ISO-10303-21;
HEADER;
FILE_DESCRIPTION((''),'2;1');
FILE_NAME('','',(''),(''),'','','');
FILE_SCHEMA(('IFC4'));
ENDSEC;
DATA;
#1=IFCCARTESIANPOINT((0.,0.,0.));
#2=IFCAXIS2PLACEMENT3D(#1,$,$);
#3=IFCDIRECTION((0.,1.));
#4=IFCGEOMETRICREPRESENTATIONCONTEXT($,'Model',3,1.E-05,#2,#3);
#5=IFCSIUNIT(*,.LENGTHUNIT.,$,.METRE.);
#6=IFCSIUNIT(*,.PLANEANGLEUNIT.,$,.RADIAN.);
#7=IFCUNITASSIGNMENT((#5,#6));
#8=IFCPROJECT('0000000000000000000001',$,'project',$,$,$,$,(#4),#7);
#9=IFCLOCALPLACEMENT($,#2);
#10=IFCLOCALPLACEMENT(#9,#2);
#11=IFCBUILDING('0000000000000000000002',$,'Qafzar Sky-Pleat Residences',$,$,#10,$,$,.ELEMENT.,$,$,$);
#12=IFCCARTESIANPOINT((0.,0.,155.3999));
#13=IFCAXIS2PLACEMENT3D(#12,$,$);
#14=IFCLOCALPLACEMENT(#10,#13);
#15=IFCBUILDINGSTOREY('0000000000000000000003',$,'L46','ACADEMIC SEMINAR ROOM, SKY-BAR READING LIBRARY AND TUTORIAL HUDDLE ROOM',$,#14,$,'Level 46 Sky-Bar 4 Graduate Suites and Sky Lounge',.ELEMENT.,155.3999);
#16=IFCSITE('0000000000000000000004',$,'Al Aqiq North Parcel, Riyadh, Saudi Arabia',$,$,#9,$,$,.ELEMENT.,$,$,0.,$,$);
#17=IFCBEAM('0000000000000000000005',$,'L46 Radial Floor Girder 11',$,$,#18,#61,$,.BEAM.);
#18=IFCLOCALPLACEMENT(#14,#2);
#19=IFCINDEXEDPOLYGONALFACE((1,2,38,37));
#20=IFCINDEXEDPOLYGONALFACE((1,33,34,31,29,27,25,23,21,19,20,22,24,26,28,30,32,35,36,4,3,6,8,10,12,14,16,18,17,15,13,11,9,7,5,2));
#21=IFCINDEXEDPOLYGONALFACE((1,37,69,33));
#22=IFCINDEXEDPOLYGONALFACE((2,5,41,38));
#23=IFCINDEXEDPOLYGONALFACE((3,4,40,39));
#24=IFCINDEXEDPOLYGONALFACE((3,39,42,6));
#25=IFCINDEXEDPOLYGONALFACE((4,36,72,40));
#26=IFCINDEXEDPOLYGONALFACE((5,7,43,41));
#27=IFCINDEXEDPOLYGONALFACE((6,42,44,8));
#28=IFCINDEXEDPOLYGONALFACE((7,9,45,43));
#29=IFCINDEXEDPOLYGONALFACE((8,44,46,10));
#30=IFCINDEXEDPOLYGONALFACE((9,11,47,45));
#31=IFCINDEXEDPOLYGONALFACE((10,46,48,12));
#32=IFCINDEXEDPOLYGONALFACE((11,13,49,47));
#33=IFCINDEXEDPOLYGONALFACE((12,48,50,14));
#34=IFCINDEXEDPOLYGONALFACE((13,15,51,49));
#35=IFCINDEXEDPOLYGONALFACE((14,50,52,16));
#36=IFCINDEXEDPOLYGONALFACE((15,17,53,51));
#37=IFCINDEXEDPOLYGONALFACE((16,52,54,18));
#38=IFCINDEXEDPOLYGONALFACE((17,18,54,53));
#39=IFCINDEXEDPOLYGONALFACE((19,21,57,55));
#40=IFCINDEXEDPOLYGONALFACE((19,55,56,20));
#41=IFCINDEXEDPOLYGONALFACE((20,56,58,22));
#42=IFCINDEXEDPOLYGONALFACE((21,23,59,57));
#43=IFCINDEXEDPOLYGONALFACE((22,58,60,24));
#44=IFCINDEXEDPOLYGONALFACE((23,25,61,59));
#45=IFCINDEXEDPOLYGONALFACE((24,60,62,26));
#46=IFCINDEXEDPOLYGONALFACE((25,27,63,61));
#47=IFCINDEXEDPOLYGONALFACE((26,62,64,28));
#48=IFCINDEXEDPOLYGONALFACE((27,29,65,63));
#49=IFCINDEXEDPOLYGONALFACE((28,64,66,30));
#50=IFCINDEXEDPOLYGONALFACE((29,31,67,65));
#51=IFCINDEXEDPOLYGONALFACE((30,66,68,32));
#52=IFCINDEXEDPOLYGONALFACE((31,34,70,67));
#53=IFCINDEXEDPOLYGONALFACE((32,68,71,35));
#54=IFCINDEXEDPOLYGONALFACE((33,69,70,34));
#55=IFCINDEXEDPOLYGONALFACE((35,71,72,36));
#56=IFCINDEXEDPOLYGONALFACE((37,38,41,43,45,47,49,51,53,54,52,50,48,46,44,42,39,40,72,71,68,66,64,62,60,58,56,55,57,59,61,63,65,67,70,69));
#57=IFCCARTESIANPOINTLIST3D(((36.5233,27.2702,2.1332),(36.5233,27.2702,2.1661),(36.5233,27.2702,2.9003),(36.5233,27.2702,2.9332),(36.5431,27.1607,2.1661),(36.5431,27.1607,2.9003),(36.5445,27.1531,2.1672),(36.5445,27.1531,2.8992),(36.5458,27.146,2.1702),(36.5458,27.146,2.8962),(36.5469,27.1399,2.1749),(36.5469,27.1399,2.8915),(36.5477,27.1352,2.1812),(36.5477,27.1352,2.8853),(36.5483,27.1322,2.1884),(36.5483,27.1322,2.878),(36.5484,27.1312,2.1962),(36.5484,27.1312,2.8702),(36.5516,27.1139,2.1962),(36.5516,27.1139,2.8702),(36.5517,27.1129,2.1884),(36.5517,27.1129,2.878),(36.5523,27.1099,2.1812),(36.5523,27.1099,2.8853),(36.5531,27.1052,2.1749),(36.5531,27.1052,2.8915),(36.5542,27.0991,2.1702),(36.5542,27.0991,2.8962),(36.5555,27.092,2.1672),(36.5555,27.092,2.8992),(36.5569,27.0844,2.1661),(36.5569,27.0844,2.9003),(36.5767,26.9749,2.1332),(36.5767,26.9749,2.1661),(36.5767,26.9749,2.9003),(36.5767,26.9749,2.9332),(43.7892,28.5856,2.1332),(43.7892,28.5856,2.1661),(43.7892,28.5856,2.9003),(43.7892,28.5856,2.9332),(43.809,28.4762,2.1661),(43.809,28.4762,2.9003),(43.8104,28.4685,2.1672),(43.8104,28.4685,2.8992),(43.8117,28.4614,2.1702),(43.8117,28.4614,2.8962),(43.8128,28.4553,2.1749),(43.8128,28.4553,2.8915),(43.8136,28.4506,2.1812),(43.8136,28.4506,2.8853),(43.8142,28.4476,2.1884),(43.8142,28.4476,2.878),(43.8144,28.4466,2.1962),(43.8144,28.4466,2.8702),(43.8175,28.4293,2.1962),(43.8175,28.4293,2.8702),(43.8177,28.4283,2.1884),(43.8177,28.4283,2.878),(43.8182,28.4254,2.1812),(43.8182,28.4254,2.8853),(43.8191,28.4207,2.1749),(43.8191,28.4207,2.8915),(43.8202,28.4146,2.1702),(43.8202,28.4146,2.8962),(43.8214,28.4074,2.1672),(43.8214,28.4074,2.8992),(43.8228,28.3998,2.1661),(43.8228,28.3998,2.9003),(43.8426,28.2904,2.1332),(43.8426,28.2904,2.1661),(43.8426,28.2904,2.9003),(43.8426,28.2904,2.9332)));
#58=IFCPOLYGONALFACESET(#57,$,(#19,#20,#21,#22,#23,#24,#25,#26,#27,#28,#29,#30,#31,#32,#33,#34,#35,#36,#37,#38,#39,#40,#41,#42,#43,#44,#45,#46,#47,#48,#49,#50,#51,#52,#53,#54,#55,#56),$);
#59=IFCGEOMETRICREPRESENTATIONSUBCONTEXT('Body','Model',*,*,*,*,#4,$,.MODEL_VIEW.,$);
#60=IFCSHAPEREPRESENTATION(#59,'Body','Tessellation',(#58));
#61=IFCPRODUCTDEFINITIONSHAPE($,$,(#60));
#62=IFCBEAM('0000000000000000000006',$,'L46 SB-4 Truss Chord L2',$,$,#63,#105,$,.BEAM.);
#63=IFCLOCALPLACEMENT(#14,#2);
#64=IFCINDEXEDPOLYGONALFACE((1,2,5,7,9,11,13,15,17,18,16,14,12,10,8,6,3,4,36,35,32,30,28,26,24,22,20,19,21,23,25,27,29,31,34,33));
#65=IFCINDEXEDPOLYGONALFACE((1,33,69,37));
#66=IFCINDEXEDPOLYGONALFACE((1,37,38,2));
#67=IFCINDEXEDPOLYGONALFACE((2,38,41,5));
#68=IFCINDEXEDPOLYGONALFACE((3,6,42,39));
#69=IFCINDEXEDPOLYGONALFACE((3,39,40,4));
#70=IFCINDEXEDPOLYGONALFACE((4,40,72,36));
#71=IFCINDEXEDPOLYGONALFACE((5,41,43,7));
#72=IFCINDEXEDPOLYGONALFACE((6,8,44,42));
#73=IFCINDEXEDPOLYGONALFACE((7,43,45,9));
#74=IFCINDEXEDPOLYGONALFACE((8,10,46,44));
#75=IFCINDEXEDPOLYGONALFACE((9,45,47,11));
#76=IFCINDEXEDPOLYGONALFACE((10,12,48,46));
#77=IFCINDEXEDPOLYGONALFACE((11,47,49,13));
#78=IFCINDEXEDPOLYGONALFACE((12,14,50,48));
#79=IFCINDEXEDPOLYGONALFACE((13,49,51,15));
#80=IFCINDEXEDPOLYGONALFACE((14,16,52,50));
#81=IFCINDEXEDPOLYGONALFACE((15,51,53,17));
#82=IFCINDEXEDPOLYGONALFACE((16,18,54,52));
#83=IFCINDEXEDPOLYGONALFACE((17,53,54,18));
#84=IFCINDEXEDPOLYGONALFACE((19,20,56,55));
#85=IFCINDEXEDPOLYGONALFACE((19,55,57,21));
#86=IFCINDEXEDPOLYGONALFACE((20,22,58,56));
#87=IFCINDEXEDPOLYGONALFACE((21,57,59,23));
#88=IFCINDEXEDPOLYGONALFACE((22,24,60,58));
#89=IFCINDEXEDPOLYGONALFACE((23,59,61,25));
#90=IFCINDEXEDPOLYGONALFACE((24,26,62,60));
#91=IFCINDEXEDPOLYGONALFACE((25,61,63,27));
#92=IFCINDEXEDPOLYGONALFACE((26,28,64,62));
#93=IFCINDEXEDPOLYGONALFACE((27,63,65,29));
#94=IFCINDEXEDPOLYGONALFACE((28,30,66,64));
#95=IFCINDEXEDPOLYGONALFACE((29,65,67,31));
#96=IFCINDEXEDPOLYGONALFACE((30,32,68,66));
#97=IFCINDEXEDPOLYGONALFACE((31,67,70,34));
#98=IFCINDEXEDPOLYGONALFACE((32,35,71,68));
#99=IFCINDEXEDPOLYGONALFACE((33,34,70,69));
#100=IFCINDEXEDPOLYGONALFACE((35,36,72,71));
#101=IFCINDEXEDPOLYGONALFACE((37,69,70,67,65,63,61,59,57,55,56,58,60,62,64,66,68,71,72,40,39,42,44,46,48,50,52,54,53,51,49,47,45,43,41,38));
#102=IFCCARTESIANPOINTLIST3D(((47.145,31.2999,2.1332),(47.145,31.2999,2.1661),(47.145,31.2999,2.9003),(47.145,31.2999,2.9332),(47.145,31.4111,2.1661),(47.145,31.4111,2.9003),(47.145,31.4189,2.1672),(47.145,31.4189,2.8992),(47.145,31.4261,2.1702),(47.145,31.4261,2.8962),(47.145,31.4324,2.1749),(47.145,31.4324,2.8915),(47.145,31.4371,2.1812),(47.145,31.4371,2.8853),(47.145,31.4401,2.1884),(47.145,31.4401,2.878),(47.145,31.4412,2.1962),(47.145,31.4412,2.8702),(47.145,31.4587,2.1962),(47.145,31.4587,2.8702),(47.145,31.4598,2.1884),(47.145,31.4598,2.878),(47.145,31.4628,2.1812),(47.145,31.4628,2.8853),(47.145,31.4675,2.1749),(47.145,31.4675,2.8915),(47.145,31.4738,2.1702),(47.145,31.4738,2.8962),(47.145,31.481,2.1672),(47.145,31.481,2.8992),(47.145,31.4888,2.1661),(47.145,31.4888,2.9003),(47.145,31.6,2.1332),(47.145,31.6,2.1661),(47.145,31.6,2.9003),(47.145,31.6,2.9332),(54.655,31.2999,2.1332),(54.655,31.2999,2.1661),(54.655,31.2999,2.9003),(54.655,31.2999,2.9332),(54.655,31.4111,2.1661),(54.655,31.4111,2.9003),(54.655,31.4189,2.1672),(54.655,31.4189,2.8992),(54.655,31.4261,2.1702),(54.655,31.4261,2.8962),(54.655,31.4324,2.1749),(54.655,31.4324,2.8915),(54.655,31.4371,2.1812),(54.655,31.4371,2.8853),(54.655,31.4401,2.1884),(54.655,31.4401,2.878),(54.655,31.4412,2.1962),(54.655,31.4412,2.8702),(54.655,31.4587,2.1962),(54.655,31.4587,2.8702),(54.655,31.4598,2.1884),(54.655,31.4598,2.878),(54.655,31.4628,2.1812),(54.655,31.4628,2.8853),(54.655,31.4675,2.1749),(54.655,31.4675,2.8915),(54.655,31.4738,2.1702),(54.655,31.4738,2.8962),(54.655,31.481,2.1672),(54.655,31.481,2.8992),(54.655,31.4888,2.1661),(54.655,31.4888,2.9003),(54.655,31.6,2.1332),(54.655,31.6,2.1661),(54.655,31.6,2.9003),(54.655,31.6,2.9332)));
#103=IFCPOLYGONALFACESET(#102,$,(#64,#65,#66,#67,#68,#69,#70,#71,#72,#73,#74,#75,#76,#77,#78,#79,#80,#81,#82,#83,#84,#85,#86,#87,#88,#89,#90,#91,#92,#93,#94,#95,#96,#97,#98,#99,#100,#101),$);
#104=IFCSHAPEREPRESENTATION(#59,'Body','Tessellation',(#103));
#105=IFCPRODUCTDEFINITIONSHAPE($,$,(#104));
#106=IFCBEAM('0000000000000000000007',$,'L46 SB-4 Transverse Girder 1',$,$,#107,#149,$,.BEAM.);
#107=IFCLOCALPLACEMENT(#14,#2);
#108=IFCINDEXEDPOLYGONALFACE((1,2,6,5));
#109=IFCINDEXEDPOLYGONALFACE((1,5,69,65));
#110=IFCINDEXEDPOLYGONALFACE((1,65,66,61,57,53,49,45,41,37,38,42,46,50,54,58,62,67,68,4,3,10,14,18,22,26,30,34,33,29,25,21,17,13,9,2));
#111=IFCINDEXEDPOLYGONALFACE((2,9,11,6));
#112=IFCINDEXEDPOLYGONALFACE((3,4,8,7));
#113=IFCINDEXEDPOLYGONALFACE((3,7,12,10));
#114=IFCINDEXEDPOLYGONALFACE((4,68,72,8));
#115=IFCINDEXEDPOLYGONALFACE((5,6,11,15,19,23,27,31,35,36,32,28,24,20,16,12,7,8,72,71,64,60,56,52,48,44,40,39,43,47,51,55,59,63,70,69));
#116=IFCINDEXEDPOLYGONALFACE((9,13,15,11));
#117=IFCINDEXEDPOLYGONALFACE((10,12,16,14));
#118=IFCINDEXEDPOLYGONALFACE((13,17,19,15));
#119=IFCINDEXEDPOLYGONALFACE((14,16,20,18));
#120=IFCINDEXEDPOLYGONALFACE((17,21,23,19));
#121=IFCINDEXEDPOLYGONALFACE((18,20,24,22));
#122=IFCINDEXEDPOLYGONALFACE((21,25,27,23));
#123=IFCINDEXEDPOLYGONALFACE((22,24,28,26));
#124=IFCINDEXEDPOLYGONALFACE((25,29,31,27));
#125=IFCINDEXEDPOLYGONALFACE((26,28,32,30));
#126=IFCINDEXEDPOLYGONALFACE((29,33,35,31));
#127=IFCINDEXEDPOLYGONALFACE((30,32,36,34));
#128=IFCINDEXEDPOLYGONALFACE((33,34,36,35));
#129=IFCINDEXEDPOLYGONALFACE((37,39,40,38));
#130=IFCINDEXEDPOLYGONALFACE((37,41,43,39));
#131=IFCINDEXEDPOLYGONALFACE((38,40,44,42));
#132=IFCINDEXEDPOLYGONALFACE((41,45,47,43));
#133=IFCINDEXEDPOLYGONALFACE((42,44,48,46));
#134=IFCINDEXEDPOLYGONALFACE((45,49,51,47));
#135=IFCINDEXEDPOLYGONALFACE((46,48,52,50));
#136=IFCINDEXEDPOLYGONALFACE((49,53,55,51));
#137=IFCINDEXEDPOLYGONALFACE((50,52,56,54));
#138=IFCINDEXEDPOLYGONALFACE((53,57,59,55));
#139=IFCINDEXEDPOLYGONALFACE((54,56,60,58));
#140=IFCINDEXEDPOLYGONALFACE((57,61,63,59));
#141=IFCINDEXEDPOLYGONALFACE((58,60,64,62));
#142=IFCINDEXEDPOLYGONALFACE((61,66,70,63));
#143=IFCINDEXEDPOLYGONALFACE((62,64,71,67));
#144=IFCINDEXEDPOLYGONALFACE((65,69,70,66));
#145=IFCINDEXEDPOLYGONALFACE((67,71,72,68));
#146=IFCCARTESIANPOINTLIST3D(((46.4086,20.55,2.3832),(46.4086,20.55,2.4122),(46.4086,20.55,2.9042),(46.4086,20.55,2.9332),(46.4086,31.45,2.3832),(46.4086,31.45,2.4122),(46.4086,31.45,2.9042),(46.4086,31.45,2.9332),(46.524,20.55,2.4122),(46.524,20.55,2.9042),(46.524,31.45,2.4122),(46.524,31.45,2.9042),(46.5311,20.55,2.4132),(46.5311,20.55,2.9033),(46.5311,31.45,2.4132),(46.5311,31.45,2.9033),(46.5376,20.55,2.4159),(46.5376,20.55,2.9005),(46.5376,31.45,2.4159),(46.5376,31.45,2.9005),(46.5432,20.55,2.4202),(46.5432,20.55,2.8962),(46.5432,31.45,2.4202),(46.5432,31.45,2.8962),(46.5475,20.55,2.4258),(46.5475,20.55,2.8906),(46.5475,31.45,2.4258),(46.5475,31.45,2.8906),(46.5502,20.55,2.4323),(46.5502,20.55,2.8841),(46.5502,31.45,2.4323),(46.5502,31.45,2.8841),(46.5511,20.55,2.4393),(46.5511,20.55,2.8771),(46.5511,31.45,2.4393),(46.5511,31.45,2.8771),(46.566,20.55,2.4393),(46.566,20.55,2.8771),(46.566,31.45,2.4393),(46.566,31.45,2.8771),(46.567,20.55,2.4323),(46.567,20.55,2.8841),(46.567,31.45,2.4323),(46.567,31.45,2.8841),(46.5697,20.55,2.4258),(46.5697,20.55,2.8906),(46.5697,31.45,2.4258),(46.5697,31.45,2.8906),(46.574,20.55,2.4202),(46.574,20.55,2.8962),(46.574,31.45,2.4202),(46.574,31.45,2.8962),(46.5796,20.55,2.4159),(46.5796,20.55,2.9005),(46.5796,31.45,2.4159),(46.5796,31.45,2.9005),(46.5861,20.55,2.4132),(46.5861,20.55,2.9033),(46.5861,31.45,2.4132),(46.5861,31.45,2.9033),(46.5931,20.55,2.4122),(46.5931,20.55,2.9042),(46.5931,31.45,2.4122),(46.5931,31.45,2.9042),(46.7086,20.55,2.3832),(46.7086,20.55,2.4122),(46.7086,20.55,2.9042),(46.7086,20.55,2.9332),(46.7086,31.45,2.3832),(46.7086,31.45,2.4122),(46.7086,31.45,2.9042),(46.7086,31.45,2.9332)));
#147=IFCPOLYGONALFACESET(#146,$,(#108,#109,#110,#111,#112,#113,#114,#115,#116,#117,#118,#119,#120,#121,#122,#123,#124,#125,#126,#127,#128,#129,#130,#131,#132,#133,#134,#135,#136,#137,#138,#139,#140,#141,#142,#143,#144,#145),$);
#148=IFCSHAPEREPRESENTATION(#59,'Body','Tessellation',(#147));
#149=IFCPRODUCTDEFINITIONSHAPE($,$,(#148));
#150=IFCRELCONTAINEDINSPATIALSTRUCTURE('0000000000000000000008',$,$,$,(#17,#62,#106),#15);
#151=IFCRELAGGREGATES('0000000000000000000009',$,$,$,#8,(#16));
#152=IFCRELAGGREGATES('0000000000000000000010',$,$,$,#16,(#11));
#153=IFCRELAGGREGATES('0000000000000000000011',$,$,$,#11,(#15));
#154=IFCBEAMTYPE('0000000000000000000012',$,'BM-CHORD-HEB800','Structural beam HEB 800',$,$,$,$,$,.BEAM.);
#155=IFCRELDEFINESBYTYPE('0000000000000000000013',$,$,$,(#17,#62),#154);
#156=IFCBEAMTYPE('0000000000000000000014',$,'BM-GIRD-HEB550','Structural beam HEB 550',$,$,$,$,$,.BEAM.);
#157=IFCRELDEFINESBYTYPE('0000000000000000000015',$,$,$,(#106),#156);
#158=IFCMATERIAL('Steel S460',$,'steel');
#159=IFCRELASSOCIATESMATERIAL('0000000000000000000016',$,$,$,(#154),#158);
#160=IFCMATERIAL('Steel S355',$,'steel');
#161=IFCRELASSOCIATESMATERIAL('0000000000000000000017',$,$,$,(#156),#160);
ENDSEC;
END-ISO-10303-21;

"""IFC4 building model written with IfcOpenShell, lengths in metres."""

from ifc_helpers import new_model, si_unit, direction, frame, origin, origin_2d, place, context, subcontext, project, spatial, i_section, extrude, source, transform, mapped, material, material_profile, profile_set, type_object, element, save


model = new_model("IFC4")

# Units and contexts
model_context = context("Model", 3, precision=1e-05, world=origin(), true_north=direction((0.0, 1.0)))
body_context = subcontext(model_context, "Body", "Model", "MODEL_VIEW")
ifc_project = project(units=[si_unit("LENGTHUNIT", "METRE"), si_unit("PLANEANGLEUNIT", "RADIAN")], contexts=[model_context])

# Site, building, storey
site_placement = place(None, origin())
site = spatial("IfcSite", under=ifc_project, at=site_placement, Name="Al Aqiq North Parcel, Riyadh, Saudi Arabia", CompositionType="ELEMENT", RefElevation=0.0)
building_placement = place(site_placement, origin())
building = spatial("IfcBuilding", under=site, at=building_placement, Name="Qafzar Sky-Pleat Residences", CompositionType="ELEMENT")
storey_placement = place(building_placement, frame((0.0, 0.0, 155.3999)))
storey = spatial("IfcBuildingStorey", under=building, at=storey_placement, Name="L46", Description="ACADEMIC SEMINAR ROOM, SKY-BAR READING LIBRARY AND TUTORIAL HUDDLE ROOM", LongName="Level 46 Sky-Bar 4 Graduate Suites and Sky Lounge", CompositionType="ELEMENT", Elevation=155.3999)

# Shared definitions
ifc_material_1 = material(Name="Steel S355", Category="steel")

# Beams
ifc_material_2 = material(Name="Steel S460", Category="steel")
ifc_material_profile_1 = material_profile(ifc_material_2, i_section(OverallWidth=0.3, OverallDepth=0.8, WebThickness=0.0176, FlangeThickness=0.033, FilletRadius=0.03, at=origin_2d()), Name="HEB 800")
ifc_profile_set_1 = profile_set([ifc_material_profile_1], Name="Steel S460")
beam_type_1 = type_object("IfcBeamType", Name="BM-CHORD-HEB800", Description="Structural beam HEB 800", PredefinedType="BEAM", material=ifc_profile_set_1)
shared_shape_1 = source(origin(), body_context, "Body", "SweptSolid", [
    extrude(i_section(OverallWidth=0.3, OverallDepth=0.8, WebThickness=0.0176, FlangeThickness=0.033, FilletRadius=0.03, at=origin_2d()), origin(), (0.0, 0.0, 1.0), 7.384),
])
beam_1_placement = place(storey_placement, frame((43.8159, 28.438, 2.5332), z_axis=(-0.984004, -0.178146, 0.0), x_axis=(0.178146, -0.984004, 0.0)))
element("IfcBeam", 1, at=beam_1_placement, inside=storey, type_object=beam_type_1, Name="L46 Radial Floor Girder 11", PredefinedType="BEAM", context=body_context, shape_type="MappedRepresentation", body=[
    mapped(shared_shape_1, transform((0.0, 0.0, 0.0), x_axis=(1.0, 0.0, 0.0), y_axis=(0.0, 1.0, 0.0), z_axis=(0.0, 0.0, 1.0), scale=1.0)),
])
shared_shape_2 = source(origin(), body_context, "Body", "SweptSolid", [
    extrude(i_section(OverallWidth=0.3, OverallDepth=0.8, WebThickness=0.0176, FlangeThickness=0.033, FilletRadius=0.03, at=origin_2d()), origin(), (0.0, 0.0, 1.0), 7.51),
])
beam_2_placement = place(storey_placement, frame((47.145, 31.45, 2.5332), z_axis=(1.0, 0.0, 0.0), x_axis=(0.0, 1.0, 0.0)))
element("IfcBeam", 2, at=beam_2_placement, inside=storey, type_object=beam_type_1, Name="L46 SB-4 Truss Chord L2", PredefinedType="BEAM", context=body_context, shape_type="MappedRepresentation", body=[
    mapped(shared_shape_2, transform((0.0, 0.0, 0.0), x_axis=(1.0, 0.0, 0.0), y_axis=(0.0, 1.0, 0.0), z_axis=(0.0, 0.0, 1.0), scale=1.0)),
])
ifc_material_profile_2 = material_profile(ifc_material_1, i_section(OverallWidth=0.3, OverallDepth=0.55, WebThickness=0.0149, FlangeThickness=0.0291, FilletRadius=0.0271, at=origin_2d()), Name="HEB 550")
ifc_profile_set_2 = profile_set([ifc_material_profile_2], Name="Steel S355")
beam_type_2 = type_object("IfcBeamType", Name="BM-GIRD-HEB550", Description="Structural beam HEB 550", PredefinedType="BEAM", material=ifc_profile_set_2)
shared_shape_3 = source(origin(), body_context, "Body", "SweptSolid", [
    extrude(i_section(OverallWidth=0.3, OverallDepth=0.55, WebThickness=0.0149, FlangeThickness=0.0291, FilletRadius=0.0271, at=origin_2d()), origin(), (0.0, 0.0, 1.0), 10.8999),
])
beam_3_placement = place(storey_placement, frame((46.5586, 31.45, 2.6582), z_axis=(0.0, -1.0, 0.0), x_axis=(1.0, 0.0, 0.0)))
element("IfcBeam", 3, at=beam_3_placement, inside=storey, type_object=beam_type_2, Name="L46 SB-4 Transverse Girder 1", PredefinedType="BEAM", context=body_context, shape_type="MappedRepresentation", body=[
    mapped(shared_shape_3, transform((0.0, 0.0, 0.0), x_axis=(1.0, 0.0, 0.0), y_axis=(0.0, 1.0, 0.0), z_axis=(0.0, 0.0, 1.0), scale=1.0)),
])

save(model, "model.ifc")
